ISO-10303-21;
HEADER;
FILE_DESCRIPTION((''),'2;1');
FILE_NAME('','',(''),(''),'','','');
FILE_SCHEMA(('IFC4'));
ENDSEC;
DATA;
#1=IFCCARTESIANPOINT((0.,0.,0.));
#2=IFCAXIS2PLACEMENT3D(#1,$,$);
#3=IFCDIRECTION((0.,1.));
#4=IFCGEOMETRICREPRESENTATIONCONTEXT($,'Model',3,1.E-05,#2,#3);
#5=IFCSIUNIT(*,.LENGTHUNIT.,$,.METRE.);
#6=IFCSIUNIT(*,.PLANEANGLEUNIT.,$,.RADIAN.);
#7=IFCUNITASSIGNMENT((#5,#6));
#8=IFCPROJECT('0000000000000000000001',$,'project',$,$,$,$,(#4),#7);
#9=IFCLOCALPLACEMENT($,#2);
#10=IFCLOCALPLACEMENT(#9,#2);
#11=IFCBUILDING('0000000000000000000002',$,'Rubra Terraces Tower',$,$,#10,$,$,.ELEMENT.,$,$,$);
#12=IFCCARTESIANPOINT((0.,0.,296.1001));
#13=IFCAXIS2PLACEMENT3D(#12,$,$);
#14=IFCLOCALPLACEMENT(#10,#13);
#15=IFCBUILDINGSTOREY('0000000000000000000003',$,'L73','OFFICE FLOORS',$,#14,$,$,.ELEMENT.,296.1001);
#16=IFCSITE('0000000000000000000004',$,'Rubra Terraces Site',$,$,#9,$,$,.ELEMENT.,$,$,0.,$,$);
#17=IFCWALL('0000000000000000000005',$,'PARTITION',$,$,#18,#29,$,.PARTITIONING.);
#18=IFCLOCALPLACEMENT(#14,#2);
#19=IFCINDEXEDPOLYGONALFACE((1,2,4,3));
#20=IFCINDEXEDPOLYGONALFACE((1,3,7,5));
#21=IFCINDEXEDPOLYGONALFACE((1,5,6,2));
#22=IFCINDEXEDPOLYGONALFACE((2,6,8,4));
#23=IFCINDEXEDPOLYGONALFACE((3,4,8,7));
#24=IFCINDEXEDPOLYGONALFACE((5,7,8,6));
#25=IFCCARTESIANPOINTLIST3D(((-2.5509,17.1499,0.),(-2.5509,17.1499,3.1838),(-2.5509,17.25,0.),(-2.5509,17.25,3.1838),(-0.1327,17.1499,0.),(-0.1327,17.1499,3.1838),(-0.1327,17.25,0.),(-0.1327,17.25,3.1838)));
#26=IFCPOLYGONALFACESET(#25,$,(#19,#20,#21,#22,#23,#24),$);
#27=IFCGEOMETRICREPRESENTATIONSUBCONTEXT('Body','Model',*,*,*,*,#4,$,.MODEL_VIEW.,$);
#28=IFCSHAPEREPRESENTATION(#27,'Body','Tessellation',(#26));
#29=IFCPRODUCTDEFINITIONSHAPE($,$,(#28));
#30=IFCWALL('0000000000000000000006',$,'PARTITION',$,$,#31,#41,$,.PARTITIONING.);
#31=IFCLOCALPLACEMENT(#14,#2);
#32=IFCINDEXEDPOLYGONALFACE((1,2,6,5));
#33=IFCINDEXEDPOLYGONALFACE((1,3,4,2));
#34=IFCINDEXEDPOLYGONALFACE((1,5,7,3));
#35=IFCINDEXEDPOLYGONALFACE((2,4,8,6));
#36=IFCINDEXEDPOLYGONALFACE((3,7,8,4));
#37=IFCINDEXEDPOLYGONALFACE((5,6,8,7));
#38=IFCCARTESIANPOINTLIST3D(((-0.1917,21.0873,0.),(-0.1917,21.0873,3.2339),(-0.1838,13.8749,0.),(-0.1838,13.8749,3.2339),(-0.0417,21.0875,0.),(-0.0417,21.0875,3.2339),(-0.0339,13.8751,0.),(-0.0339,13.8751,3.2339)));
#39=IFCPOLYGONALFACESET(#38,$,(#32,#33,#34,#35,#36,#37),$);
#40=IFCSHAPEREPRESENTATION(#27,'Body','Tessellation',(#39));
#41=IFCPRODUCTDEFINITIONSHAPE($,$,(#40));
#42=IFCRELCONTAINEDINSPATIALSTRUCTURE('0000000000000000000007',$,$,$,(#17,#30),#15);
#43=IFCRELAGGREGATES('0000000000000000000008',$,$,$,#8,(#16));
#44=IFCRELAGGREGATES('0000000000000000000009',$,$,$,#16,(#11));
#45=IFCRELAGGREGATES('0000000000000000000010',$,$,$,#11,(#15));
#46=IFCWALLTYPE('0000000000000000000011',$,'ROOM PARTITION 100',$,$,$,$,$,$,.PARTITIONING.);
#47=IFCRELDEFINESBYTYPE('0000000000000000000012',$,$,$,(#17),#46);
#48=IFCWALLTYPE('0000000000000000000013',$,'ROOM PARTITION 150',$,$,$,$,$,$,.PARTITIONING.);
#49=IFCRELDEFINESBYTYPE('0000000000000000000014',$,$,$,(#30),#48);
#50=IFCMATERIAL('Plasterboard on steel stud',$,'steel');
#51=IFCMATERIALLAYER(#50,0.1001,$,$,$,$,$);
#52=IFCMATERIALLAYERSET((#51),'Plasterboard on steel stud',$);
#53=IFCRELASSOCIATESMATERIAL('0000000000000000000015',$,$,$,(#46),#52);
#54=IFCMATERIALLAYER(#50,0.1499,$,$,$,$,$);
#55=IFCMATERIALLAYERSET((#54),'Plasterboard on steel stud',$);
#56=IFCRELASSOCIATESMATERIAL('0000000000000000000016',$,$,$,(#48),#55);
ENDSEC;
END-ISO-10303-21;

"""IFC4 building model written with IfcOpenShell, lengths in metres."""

from ifc_helpers import new_model, si_unit, direction, frame, frame_2d, origin, place, context, subcontext, project, spatial, rectangle, extrude, material, layer, layer_set, type_object, element, save


model = new_model("IFC4")

# Units and contexts
model_context = context("Model", 3, precision=1e-05, world=origin(), true_north=direction((0.0, 1.0)))
body_context = subcontext(model_context, "Body", "Model", "MODEL_VIEW")
ifc_project = project(units=[si_unit("LENGTHUNIT", "METRE"), si_unit("PLANEANGLEUNIT", "RADIAN")], contexts=[model_context])

# Site, building, storey
site_placement = place(None, origin())
site = spatial("IfcSite", under=ifc_project, at=site_placement, Name="Rubra Terraces Site", CompositionType="ELEMENT", RefElevation=0.0)
building_placement = place(site_placement, origin())
building = spatial("IfcBuilding", under=site, at=building_placement, Name="Rubra Terraces Tower", CompositionType="ELEMENT")
storey_placement = place(building_placement, frame((0.0, 0.0, 296.1001)))
storey = spatial("IfcBuildingStorey", under=building, at=storey_placement, Name="L73", Description="OFFICE FLOORS", CompositionType="ELEMENT", Elevation=296.1001)

# Walls
ifc_material_1 = material(Name="Plasterboard on steel stud", Category="steel")
ifc_layer_1 = layer(ifc_material_1, 0.1001)
ifc_layer_set_1 = layer_set([ifc_layer_1], Name="Plasterboard on steel stud")
wall_type_1 = type_object("IfcWallType", Name="ROOM PARTITION 100", PredefinedType="PARTITIONING", material=ifc_layer_set_1)
wall_1_placement = place(storey_placement, frame((-2.5508, 17.2, 0.0), z_axis=(0.0, 0.0, 1.0), x_axis=(1.0, 0.0, 0.0)))
element("IfcWall", 1, at=wall_1_placement, inside=storey, type_object=wall_type_1, Name="PARTITION", PredefinedType="PARTITIONING", context=body_context, shape_type="SweptSolid", body=[
    extrude(rectangle(XDim=2.4182, YDim=0.1001, at=frame_2d((1.209, 0.0))), origin(), (0.0, 0.0, 1.0), 3.1838),
])
ifc_layer_2 = layer(ifc_material_1, 0.1499)
ifc_layer_set_2 = layer_set([ifc_layer_2], Name="Plasterboard on steel stud")
wall_type_2 = type_object("IfcWallType", Name="ROOM PARTITION 150", PredefinedType="PARTITIONING", material=ifc_layer_set_2)
wall_2_placement = place(storey_placement, frame((-0.1167, 21.0874, 0.0), z_axis=(0.0, 0.0, 1.0), x_axis=(0.001083, -0.999999, 0.0)))
element("IfcWall", 2, at=wall_2_placement, inside=storey, type_object=wall_type_2, Name="PARTITION", PredefinedType="PARTITIONING", context=body_context, shape_type="SweptSolid", body=[
    extrude(rectangle(XDim=7.2124, YDim=0.1499, at=frame_2d((3.6062, 0.0))), origin(), (0.0, 0.0, 1.0), 3.2339),
])

save(model, "model.ifc")
